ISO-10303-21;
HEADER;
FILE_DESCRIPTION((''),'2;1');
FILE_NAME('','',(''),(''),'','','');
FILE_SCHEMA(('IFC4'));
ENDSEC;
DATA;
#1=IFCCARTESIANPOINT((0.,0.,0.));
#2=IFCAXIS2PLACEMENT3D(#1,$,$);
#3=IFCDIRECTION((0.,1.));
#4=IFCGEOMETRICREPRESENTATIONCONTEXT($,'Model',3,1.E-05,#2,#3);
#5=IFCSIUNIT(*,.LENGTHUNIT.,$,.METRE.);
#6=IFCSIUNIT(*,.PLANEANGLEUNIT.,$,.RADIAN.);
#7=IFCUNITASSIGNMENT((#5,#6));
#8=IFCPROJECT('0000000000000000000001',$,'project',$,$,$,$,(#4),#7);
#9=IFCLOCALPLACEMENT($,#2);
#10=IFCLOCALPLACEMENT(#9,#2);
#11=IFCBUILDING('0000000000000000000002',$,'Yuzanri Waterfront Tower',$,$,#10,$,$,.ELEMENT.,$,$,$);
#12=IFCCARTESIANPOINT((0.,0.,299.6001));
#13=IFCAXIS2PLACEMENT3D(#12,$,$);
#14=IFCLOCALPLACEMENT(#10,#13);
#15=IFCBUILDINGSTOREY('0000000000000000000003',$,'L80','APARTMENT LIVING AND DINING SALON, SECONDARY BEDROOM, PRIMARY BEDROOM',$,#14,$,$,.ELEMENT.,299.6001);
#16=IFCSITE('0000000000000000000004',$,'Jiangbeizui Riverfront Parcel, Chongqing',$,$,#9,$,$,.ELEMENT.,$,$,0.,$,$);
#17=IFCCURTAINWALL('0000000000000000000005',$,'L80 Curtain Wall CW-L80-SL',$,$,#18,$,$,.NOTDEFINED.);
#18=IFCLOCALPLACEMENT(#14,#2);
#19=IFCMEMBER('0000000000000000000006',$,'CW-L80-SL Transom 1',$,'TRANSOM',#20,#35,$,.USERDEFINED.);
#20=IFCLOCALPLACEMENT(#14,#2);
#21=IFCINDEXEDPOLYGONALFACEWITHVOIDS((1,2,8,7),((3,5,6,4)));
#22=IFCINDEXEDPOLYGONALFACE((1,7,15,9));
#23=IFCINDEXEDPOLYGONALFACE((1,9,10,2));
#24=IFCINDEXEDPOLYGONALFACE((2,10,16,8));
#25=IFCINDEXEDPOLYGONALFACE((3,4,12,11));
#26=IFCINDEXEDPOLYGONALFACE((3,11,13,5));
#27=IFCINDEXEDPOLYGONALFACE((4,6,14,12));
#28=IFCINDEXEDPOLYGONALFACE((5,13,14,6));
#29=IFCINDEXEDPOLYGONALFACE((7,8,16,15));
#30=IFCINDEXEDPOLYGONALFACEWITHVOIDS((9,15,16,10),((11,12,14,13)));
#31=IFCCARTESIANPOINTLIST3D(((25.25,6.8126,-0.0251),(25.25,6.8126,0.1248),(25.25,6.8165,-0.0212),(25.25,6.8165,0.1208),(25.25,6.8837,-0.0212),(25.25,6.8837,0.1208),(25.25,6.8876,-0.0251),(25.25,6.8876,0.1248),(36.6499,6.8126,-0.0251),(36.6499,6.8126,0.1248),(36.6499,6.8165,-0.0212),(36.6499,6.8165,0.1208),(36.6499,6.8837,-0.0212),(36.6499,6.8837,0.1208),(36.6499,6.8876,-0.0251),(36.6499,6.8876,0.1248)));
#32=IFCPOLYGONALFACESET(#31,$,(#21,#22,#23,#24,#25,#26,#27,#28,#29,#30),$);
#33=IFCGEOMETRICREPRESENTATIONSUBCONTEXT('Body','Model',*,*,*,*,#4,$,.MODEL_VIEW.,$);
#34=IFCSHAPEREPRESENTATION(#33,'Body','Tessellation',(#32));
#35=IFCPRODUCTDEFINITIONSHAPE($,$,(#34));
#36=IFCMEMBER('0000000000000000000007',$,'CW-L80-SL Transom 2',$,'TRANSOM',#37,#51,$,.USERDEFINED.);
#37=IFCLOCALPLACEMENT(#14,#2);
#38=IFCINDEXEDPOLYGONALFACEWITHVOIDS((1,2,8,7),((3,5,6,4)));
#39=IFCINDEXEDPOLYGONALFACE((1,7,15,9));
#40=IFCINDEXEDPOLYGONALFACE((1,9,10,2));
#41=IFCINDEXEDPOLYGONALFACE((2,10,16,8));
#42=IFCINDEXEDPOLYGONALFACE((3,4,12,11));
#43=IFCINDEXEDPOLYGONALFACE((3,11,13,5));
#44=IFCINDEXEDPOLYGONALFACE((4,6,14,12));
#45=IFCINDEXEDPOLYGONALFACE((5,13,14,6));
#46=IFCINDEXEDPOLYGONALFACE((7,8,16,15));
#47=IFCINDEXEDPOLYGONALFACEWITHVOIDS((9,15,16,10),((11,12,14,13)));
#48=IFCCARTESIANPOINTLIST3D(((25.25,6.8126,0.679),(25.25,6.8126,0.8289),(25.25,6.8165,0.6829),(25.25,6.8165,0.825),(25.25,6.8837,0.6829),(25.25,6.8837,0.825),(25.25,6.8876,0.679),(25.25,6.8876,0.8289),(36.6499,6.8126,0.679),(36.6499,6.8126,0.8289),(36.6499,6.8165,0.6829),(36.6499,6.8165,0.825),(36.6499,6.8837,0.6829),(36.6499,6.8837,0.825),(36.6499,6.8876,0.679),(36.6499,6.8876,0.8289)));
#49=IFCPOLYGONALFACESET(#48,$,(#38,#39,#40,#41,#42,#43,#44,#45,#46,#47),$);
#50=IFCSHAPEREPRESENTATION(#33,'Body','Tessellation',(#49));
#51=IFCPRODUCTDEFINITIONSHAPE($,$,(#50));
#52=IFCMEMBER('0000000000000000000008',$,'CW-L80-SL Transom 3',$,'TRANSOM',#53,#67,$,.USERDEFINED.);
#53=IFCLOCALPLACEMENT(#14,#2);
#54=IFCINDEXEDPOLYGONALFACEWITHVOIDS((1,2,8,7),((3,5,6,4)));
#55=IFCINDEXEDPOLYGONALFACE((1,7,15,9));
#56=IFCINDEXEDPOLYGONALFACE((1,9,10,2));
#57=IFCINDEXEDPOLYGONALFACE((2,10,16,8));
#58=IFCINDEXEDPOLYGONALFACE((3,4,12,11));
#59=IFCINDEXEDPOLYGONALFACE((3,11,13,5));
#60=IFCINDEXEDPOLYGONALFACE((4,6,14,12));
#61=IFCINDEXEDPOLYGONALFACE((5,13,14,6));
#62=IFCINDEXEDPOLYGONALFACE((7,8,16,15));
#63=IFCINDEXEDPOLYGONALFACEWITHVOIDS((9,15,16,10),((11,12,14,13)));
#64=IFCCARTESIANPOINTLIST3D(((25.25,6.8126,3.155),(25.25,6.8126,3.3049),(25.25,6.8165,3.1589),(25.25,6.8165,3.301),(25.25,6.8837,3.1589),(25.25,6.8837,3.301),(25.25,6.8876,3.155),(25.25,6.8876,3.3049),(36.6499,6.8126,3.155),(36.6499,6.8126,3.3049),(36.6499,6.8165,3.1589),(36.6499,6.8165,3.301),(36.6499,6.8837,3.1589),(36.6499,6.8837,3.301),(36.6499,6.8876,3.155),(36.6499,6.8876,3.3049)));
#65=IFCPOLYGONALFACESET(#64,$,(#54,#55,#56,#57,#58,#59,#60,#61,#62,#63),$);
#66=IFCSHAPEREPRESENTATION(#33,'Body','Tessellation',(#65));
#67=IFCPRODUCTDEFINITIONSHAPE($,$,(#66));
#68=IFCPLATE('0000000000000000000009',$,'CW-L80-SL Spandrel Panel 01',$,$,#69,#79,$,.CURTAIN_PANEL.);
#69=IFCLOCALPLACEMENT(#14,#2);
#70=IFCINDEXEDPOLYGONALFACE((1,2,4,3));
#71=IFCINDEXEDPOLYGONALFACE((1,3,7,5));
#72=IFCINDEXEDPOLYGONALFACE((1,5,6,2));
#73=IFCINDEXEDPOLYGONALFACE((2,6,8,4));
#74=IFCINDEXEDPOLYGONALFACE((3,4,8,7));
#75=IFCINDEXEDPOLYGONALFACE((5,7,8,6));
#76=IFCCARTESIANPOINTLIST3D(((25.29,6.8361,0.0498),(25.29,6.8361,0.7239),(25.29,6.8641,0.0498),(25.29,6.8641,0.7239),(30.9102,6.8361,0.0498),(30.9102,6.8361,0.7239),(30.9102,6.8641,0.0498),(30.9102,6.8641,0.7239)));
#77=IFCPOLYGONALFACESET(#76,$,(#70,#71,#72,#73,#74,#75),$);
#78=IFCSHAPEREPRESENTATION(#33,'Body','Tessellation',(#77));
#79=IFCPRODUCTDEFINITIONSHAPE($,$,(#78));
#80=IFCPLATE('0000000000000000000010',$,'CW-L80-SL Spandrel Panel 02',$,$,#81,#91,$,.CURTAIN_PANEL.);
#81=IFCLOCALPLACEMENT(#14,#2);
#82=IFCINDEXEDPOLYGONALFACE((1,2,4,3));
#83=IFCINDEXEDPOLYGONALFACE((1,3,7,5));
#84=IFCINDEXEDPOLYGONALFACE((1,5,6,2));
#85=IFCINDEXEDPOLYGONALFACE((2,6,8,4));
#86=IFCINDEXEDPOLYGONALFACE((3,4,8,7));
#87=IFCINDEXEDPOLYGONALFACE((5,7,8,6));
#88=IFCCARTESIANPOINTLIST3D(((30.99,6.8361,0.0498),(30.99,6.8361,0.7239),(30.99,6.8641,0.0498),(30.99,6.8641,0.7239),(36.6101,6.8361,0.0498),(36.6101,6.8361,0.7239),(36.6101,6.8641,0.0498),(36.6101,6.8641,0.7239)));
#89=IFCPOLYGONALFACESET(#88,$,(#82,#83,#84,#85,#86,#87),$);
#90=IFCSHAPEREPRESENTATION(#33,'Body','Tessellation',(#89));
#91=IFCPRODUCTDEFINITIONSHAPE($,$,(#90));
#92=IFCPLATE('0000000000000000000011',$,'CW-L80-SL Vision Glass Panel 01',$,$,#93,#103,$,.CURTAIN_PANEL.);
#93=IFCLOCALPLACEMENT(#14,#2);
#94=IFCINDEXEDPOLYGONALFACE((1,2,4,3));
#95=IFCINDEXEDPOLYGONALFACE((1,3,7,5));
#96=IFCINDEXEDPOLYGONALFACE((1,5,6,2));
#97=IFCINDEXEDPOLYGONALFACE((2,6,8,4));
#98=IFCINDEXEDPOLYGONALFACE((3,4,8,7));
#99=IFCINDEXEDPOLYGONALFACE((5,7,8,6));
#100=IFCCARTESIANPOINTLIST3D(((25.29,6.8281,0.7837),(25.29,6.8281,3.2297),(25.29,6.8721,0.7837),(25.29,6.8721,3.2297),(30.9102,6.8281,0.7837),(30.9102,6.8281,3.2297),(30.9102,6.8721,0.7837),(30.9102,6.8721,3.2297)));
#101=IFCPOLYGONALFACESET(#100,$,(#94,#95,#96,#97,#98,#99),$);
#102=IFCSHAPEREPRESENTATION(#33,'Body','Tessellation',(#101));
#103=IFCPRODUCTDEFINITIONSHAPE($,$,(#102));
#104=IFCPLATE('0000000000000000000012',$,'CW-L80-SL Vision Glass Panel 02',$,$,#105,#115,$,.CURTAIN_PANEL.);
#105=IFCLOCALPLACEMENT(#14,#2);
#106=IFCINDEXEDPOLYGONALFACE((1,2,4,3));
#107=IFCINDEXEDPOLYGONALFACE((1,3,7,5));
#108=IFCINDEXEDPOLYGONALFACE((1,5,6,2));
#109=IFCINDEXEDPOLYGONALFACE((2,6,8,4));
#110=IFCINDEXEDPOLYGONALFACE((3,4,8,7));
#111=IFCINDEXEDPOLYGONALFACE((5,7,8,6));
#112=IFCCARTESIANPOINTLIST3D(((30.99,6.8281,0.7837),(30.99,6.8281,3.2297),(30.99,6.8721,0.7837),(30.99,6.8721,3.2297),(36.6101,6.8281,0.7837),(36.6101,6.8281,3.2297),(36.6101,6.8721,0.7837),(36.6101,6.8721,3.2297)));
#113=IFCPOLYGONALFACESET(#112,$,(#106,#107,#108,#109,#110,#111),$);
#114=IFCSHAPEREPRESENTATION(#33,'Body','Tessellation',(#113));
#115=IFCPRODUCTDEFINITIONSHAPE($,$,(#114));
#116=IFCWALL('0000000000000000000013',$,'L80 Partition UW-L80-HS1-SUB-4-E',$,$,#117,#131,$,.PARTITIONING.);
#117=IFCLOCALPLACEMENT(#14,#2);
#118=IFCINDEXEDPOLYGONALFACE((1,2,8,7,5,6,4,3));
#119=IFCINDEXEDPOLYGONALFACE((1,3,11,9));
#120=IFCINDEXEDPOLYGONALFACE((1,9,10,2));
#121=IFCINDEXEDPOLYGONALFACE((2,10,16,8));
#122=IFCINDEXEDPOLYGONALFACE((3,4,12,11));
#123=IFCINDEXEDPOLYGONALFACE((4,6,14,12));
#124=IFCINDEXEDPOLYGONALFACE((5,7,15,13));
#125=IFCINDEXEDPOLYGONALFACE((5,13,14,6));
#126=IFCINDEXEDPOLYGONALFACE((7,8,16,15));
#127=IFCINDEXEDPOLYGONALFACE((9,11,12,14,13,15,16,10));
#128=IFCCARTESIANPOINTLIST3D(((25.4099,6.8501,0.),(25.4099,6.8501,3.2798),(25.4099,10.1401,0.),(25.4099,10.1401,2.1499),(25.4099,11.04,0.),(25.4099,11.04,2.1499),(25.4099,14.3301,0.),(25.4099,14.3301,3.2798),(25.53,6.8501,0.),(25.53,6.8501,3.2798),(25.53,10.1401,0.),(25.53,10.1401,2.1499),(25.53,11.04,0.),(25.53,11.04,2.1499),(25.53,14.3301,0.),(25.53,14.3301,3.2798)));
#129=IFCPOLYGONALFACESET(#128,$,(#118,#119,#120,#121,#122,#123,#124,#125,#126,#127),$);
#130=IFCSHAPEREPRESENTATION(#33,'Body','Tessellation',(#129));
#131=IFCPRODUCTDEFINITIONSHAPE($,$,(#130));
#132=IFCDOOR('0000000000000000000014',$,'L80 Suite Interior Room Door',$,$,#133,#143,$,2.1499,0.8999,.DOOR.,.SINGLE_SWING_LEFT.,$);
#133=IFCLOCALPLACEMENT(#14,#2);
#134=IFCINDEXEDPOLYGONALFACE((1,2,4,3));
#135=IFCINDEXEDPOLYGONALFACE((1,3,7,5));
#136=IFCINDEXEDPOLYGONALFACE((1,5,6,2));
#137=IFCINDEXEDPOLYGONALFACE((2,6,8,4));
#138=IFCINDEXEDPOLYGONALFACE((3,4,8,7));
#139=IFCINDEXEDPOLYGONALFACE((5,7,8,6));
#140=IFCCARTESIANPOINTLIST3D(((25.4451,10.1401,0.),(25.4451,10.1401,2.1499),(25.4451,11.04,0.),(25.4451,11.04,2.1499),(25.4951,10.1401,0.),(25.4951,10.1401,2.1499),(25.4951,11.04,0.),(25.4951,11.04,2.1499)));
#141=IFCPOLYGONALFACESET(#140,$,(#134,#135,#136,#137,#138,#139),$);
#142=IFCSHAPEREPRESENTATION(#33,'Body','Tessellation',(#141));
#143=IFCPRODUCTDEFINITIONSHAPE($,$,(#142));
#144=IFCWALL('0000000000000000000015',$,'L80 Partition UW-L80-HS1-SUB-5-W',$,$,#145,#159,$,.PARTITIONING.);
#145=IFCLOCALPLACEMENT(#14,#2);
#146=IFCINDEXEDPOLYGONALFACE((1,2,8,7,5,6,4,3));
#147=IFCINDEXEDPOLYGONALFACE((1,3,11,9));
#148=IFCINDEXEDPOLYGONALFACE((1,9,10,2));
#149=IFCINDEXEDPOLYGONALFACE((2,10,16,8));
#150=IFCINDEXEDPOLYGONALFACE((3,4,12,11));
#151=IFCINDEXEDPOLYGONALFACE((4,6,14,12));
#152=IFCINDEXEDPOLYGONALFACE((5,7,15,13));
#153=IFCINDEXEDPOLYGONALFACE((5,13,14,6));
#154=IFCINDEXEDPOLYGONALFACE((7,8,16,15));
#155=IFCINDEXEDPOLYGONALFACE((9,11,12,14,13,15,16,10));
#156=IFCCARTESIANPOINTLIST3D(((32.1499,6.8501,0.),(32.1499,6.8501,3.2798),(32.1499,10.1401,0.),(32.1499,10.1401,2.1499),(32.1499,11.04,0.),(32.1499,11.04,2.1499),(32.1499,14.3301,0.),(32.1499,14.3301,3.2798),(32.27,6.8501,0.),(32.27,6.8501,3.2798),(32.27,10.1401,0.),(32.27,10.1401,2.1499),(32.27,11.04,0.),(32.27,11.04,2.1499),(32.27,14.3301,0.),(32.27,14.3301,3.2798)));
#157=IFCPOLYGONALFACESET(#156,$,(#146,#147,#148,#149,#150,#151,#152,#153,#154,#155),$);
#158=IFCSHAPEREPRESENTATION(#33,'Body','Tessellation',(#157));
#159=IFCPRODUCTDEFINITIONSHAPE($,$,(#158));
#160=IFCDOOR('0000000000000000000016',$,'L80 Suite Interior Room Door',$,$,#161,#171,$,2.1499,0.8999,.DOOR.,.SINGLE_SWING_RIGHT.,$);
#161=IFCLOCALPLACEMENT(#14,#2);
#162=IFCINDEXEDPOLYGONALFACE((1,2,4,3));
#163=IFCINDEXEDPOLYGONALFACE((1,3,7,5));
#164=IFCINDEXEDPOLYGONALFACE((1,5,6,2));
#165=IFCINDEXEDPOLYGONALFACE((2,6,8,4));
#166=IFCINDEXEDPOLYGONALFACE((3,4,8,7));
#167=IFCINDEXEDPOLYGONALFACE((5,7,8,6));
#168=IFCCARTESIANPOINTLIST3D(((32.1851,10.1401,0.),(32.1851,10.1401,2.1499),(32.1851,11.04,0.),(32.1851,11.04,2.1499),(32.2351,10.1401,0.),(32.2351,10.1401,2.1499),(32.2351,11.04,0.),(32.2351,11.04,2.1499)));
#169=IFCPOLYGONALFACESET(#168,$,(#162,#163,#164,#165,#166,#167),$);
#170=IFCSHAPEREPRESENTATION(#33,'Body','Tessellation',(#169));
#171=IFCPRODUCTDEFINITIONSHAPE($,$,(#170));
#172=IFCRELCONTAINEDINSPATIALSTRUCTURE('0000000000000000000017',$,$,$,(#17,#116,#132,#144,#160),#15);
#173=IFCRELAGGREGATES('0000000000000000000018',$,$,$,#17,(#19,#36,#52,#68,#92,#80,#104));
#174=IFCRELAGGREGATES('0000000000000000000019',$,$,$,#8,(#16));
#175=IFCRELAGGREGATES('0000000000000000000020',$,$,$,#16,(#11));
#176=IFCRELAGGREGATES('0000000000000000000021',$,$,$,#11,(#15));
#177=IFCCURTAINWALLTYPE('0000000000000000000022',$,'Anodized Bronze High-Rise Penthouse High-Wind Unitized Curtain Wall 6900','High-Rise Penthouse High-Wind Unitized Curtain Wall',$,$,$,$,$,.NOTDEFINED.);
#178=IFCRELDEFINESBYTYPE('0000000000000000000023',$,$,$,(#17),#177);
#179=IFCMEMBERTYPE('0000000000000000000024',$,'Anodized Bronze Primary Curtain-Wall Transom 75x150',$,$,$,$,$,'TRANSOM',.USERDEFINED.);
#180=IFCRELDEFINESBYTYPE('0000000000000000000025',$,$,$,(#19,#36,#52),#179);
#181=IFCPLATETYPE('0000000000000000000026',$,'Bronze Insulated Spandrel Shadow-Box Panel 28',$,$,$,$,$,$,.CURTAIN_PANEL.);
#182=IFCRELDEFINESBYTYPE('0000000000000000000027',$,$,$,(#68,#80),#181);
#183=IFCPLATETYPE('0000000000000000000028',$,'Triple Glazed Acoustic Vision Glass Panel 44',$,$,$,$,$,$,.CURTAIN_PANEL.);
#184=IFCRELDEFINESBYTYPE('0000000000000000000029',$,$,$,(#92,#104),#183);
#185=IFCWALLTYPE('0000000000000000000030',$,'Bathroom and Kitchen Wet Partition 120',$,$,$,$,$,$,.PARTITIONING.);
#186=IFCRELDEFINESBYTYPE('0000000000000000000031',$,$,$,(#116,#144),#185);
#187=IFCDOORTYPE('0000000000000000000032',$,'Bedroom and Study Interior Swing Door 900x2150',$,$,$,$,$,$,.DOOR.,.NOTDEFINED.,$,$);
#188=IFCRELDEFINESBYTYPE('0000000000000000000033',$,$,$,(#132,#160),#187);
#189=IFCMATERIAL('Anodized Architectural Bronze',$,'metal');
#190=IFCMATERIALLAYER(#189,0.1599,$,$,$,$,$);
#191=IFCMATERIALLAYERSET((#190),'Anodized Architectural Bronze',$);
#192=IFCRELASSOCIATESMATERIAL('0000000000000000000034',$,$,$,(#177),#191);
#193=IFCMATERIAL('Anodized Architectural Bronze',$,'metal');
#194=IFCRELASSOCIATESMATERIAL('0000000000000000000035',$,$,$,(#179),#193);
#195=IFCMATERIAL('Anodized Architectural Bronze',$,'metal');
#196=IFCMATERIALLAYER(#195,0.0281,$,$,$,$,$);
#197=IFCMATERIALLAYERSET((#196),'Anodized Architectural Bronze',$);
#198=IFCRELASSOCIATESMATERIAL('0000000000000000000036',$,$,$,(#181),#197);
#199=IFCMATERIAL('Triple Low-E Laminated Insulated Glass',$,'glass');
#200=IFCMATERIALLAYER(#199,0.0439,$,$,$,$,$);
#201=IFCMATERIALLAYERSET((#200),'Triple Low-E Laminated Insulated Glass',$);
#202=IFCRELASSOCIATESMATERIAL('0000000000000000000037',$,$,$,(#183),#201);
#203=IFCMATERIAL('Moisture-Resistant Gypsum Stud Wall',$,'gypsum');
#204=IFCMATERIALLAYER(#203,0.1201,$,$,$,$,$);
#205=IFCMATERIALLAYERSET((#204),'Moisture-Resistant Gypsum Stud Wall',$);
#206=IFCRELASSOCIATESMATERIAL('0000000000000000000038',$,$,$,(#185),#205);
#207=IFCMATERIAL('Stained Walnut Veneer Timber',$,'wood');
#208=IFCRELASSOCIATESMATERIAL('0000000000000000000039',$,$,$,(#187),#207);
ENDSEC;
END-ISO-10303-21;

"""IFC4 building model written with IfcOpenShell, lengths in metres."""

from ifc_helpers import new_model, si_unit, direction, frame, frame_2d, origin, origin_2d, place, context, subcontext, project, spatial, rectangle, hollow_rectangle, extrude, source, transform, mapped, material, layer, layer_set, material_profile, profile_set, type_object, element, fill, aggregate, save


model = new_model("IFC4")

# Units and contexts
model_context = context("Model", 3, precision=1e-05, world=origin(), true_north=direction((0.0, 1.0)))
body_context = subcontext(model_context, "Body", "Model", "MODEL_VIEW")
ifc_project = project(units=[si_unit("LENGTHUNIT", "METRE"), si_unit("PLANEANGLEUNIT", "RADIAN")], contexts=[model_context])

# Site, building, storey
site_placement = place(None, origin())
site = spatial("IfcSite", under=ifc_project, at=site_placement, Name="Jiangbeizui Riverfront Parcel, Chongqing", CompositionType="ELEMENT", RefElevation=0.0)
building_placement = place(site_placement, origin())
building = spatial("IfcBuilding", under=site, at=building_placement, Name="Yuzanri Waterfront Tower", CompositionType="ELEMENT")
storey_placement = place(building_placement, frame((0.0, 0.0, 299.6001)))
storey = spatial("IfcBuildingStorey", under=building, at=storey_placement, Name="L80", Description="APARTMENT LIVING AND DINING SALON, SECONDARY BEDROOM, PRIMARY BEDROOM", CompositionType="ELEMENT", Elevation=299.6001)

# Curtain wall, members, plates
ifc_material_1 = material(Name="Anodized Architectural Bronze", Category="metal")
ifc_layer_1 = layer(ifc_material_1, 0.1599)
ifc_layer_set_1 = layer_set([ifc_layer_1], Name="Anodized Architectural Bronze")
curtain_wall_type = type_object("IfcCurtainWallType", Name="Anodized Bronze High-Rise Penthouse High-Wind Unitized Curtain Wall 6900", Description="High-Rise Penthouse High-Wind Unitized Curtain Wall", PredefinedType="NOTDEFINED", material=ifc_layer_set_1)
curtain_wall_placement = place(storey_placement, origin())
curtain_wall = element("IfcCurtainWall", 1, at=curtain_wall_placement, inside=storey, type_object=curtain_wall_type, Name="L80 Curtain Wall CW-L80-SL", PredefinedType="NOTDEFINED")
ifc_material_2 = material(Name="Anodized Architectural Bronze", Category="metal")
ifc_material_profile_1 = material_profile(ifc_material_2, hollow_rectangle(XDim=0.075, YDim=0.1499, WallThickness=0.0039, at=origin_2d()), Name="CWT 75x150")
ifc_profile_set_1 = profile_set([ifc_material_profile_1], Name="Anodized Architectural Bronze")
member_type_1 = type_object("IfcMemberType", Name="Anodized Bronze Primary Curtain-Wall Transom 75x150", ElementType="TRANSOM", PredefinedType="USERDEFINED", material=ifc_profile_set_1)
shared_shape_1 = source(origin(), body_context, "Body", "SweptSolid", [
    extrude(hollow_rectangle(XDim=0.075, YDim=0.1499, WallThickness=0.0039, at=origin_2d()), origin(), (0.0, 0.0, 1.0), 11.3999),
])
member_1_placement = place(storey_placement, frame((25.25, 6.8501, 0.0498), z_axis=(1.0, 0.0, 0.0), x_axis=(0.0, 1.0, 0.0)))
member_1 = element("IfcMember", 2, at=member_1_placement, type_object=member_type_1, Name="CW-L80-SL Transom 1", ObjectType="TRANSOM", PredefinedType="USERDEFINED", context=body_context, shape_type="MappedRepresentation", body=[
    mapped(shared_shape_1, transform((0.0, 0.0, 0.0), scale=1.0)),
])
member_2_placement = place(storey_placement, frame((25.25, 6.8501, 0.7539), z_axis=(1.0, 0.0, 0.0), x_axis=(0.0, 1.0, 0.0)))
member_2 = element("IfcMember", 3, at=member_2_placement, type_object=member_type_1, Name="CW-L80-SL Transom 2", ObjectType="TRANSOM", PredefinedType="USERDEFINED", context=body_context, shape_type="MappedRepresentation", body=[
    mapped(shared_shape_1, transform((0.0, 0.0, 0.0), scale=1.0)),
])
member_3_placement = place(storey_placement, frame((25.25, 6.8501, 3.23), z_axis=(1.0, 0.0, 0.0), x_axis=(0.0, 1.0, 0.0)))
member_3 = element("IfcMember", 4, at=member_3_placement, type_object=member_type_1, Name="CW-L80-SL Transom 3", ObjectType="TRANSOM", PredefinedType="USERDEFINED", context=body_context, shape_type="MappedRepresentation", body=[
    mapped(shared_shape_1, transform((0.0, 0.0, 0.0), scale=1.0)),
])
ifc_material_3 = material(Name="Anodized Architectural Bronze", Category="metal")
ifc_layer_2 = layer(ifc_material_3, 0.0281)
ifc_layer_set_2 = layer_set([ifc_layer_2], Name="Anodized Architectural Bronze")
plate_type_1 = type_object("IfcPlateType", Name="Bronze Insulated Spandrel Shadow-Box Panel 28", PredefinedType="CURTAIN_PANEL", material=ifc_layer_set_2)
shared_shape_2 = source(origin(), body_context, "Body", "SweptSolid", [
    extrude(rectangle(XDim=5.6201, YDim=0.0281, at=origin_2d()), origin(), (0.0, 0.0, 1.0), 0.6741),
])
plate_1_placement = place(storey_placement, frame((28.1001, 6.8501, 0.0498), z_axis=(0.0, 0.0, 1.0), x_axis=(1.0, 0.0, 0.0)))
plate_1 = element("IfcPlate", 5, at=plate_1_placement, type_object=plate_type_1, Name="CW-L80-SL Spandrel Panel 01", PredefinedType="CURTAIN_PANEL", context=body_context, shape_type="MappedRepresentation", body=[
    mapped(shared_shape_2, transform((0.0, 0.0, 0.0), scale=1.0)),
])
plate_2_placement = place(storey_placement, frame((33.8, 6.8501, 0.0498), z_axis=(0.0, 0.0, 1.0), x_axis=(1.0, 0.0, 0.0)))
plate_2 = element("IfcPlate", 6, at=plate_2_placement, type_object=plate_type_1, Name="CW-L80-SL Spandrel Panel 02", PredefinedType="CURTAIN_PANEL", context=body_context, shape_type="MappedRepresentation", body=[
    mapped(shared_shape_2, transform((0.0, 0.0, 0.0), scale=1.0)),
])
ifc_material_4 = material(Name="Triple Low-E Laminated Insulated Glass", Category="glass")
ifc_layer_3 = layer(ifc_material_4, 0.0439)
ifc_layer_set_3 = layer_set([ifc_layer_3], Name="Triple Low-E Laminated Insulated Glass")
plate_type_2 = type_object("IfcPlateType", Name="Triple Glazed Acoustic Vision Glass Panel 44", PredefinedType="CURTAIN_PANEL", material=ifc_layer_set_3)
shared_shape_3 = source(origin(), body_context, "Body", "SweptSolid", [
    extrude(rectangle(XDim=5.6201, YDim=0.0439, at=origin_2d()), origin(), (0.0, 0.0, 1.0), 2.446),
])
plate_3_placement = place(storey_placement, frame((28.1001, 6.8501, 0.7837), z_axis=(0.0, 0.0, 1.0), x_axis=(1.0, 0.0, 0.0)))
plate_3 = element("IfcPlate", 7, at=plate_3_placement, type_object=plate_type_2, Name="CW-L80-SL Vision Glass Panel 01", PredefinedType="CURTAIN_PANEL", context=body_context, shape_type="MappedRepresentation", body=[
    mapped(shared_shape_3, transform((0.0, 0.0, 0.0), scale=1.0)),
])
plate_4_placement = place(storey_placement, frame((33.8, 6.8501, 0.7837), z_axis=(0.0, 0.0, 1.0), x_axis=(1.0, 0.0, 0.0)))
plate_4 = element("IfcPlate", 8, at=plate_4_placement, type_object=plate_type_2, Name="CW-L80-SL Vision Glass Panel 02", PredefinedType="CURTAIN_PANEL", context=body_context, shape_type="MappedRepresentation", body=[
    mapped(shared_shape_3, transform((0.0, 0.0, 0.0), scale=1.0)),
])
aggregate(curtain_wall, [member_1, member_2, member_3, plate_1, plate_3, plate_2, plate_4])

# Walls, openings, doors
ifc_material_5 = material(Name="Moisture-Resistant Gypsum Stud Wall", Category="gypsum")
ifc_layer_4 = layer(ifc_material_5, 0.1201)
ifc_layer_set_4 = layer_set([ifc_layer_4], Name="Moisture-Resistant Gypsum Stud Wall")
wall_type_1 = type_object("IfcWallType", Name="Bathroom and Kitchen Wet Partition 120", PredefinedType="PARTITIONING", material=ifc_layer_set_4)
wall_1_placement = place(storey_placement, frame((25.47, 6.8501, 0.0), z_axis=(0.0, 0.0, 1.0), x_axis=(0.0, 1.0, 0.0)))
wall_1 = element("IfcWall", 9, at=wall_1_placement, inside=storey, type_object=wall_type_1, Name="L80 Partition UW-L80-HS1-SUB-4-E", PredefinedType="PARTITIONING", context=body_context, shape_type="SweptSolid", body=[
    extrude(rectangle(XDim=7.48, YDim=0.1201, at=frame_2d((3.74, 0.0))), origin(), (0.0, 0.0, 1.0), 3.2798),
])
opening_1_placement = place(wall_1_placement, frame((3.29, 0.0, 0.0)))
opening_1 = element("IfcOpeningElement", 10, at=opening_1_placement, cuts=wall_1, PredefinedType="OPENING", context=body_context, shape_type="SweptSolid", body=[
    extrude(rectangle(XDim=0.8999, YDim=2.1499, at=frame_2d((0.45, 1.075))), frame((0.0, 0.075, 0.0), z_axis=(0.0, -1.0, 0.0), x_axis=(1.0, 0.0, 0.0)), (0.0, 0.0, 1.0), 0.1499),
])
ifc_material_6 = material(Name="Stained Walnut Veneer Timber", Category="wood")
door_type = type_object("IfcDoorType", Name="Bedroom and Study Interior Swing Door 900x2150", OperationType="NOTDEFINED", PredefinedType="DOOR", material=ifc_material_6)
shared_shape_4 = source(origin(), body_context, "Body", "SweptSolid", [
    extrude(rectangle(XDim=0.8999, YDim=2.1499, at=frame_2d((0.45, 1.075))), frame((0.0, 0.0249, 0.0), z_axis=(0.0, -1.0, 0.0), x_axis=(1.0, 0.0, 0.0)), (0.0, 0.0, 1.0), 0.05),
])
door_1_placement = place(opening_1_placement, origin())
door_1 = element("IfcDoor", 11, at=door_1_placement, inside=storey, type_object=door_type, Name="L80 Suite Interior Room Door", OperationType="SINGLE_SWING_LEFT", OverallHeight=2.1499, OverallWidth=0.8999, PredefinedType="DOOR", context=body_context, shape_type="MappedRepresentation", body=[
    mapped(shared_shape_4, transform((0.0, 0.0, 0.0), scale=1.0)),
])
fill(opening_1, door_1)
wall_2_placement = place(storey_placement, frame((32.21, 6.8501, 0.0), z_axis=(0.0, 0.0, 1.0), x_axis=(0.0, 1.0, 0.0)))
wall_2 = element("IfcWall", 12, at=wall_2_placement, inside=storey, type_object=wall_type_1, Name="L80 Partition UW-L80-HS1-SUB-5-W", PredefinedType="PARTITIONING", context=body_context, shape_type="SweptSolid", body=[
    extrude(rectangle(XDim=7.48, YDim=0.1201, at=frame_2d((3.74, 0.0))), origin(), (0.0, 0.0, 1.0), 3.2798),
])
opening_2_placement = place(wall_2_placement, frame((3.29, 0.0, 0.0)))
opening_2 = element("IfcOpeningElement", 13, at=opening_2_placement, cuts=wall_2, PredefinedType="OPENING", context=body_context, shape_type="SweptSolid", body=[
    extrude(rectangle(XDim=0.8999, YDim=2.1499, at=frame_2d((0.45, 1.075))), frame((0.0, 0.075, 0.0), z_axis=(0.0, -1.0, 0.0), x_axis=(1.0, 0.0, 0.0)), (0.0, 0.0, 1.0), 0.1499),
])
door_2_placement = place(opening_2_placement, origin())
door_2 = element("IfcDoor", 14, at=door_2_placement, inside=storey, type_object=door_type, Name="L80 Suite Interior Room Door", OperationType="SINGLE_SWING_RIGHT", OverallHeight=2.1499, OverallWidth=0.8999, PredefinedType="DOOR", context=body_context, shape_type="MappedRepresentation", body=[
    mapped(shared_shape_4, transform((0.0, 0.0, 0.0), scale=1.0)),
])
fill(opening_2, door_2)

save(model, "model.ifc")
